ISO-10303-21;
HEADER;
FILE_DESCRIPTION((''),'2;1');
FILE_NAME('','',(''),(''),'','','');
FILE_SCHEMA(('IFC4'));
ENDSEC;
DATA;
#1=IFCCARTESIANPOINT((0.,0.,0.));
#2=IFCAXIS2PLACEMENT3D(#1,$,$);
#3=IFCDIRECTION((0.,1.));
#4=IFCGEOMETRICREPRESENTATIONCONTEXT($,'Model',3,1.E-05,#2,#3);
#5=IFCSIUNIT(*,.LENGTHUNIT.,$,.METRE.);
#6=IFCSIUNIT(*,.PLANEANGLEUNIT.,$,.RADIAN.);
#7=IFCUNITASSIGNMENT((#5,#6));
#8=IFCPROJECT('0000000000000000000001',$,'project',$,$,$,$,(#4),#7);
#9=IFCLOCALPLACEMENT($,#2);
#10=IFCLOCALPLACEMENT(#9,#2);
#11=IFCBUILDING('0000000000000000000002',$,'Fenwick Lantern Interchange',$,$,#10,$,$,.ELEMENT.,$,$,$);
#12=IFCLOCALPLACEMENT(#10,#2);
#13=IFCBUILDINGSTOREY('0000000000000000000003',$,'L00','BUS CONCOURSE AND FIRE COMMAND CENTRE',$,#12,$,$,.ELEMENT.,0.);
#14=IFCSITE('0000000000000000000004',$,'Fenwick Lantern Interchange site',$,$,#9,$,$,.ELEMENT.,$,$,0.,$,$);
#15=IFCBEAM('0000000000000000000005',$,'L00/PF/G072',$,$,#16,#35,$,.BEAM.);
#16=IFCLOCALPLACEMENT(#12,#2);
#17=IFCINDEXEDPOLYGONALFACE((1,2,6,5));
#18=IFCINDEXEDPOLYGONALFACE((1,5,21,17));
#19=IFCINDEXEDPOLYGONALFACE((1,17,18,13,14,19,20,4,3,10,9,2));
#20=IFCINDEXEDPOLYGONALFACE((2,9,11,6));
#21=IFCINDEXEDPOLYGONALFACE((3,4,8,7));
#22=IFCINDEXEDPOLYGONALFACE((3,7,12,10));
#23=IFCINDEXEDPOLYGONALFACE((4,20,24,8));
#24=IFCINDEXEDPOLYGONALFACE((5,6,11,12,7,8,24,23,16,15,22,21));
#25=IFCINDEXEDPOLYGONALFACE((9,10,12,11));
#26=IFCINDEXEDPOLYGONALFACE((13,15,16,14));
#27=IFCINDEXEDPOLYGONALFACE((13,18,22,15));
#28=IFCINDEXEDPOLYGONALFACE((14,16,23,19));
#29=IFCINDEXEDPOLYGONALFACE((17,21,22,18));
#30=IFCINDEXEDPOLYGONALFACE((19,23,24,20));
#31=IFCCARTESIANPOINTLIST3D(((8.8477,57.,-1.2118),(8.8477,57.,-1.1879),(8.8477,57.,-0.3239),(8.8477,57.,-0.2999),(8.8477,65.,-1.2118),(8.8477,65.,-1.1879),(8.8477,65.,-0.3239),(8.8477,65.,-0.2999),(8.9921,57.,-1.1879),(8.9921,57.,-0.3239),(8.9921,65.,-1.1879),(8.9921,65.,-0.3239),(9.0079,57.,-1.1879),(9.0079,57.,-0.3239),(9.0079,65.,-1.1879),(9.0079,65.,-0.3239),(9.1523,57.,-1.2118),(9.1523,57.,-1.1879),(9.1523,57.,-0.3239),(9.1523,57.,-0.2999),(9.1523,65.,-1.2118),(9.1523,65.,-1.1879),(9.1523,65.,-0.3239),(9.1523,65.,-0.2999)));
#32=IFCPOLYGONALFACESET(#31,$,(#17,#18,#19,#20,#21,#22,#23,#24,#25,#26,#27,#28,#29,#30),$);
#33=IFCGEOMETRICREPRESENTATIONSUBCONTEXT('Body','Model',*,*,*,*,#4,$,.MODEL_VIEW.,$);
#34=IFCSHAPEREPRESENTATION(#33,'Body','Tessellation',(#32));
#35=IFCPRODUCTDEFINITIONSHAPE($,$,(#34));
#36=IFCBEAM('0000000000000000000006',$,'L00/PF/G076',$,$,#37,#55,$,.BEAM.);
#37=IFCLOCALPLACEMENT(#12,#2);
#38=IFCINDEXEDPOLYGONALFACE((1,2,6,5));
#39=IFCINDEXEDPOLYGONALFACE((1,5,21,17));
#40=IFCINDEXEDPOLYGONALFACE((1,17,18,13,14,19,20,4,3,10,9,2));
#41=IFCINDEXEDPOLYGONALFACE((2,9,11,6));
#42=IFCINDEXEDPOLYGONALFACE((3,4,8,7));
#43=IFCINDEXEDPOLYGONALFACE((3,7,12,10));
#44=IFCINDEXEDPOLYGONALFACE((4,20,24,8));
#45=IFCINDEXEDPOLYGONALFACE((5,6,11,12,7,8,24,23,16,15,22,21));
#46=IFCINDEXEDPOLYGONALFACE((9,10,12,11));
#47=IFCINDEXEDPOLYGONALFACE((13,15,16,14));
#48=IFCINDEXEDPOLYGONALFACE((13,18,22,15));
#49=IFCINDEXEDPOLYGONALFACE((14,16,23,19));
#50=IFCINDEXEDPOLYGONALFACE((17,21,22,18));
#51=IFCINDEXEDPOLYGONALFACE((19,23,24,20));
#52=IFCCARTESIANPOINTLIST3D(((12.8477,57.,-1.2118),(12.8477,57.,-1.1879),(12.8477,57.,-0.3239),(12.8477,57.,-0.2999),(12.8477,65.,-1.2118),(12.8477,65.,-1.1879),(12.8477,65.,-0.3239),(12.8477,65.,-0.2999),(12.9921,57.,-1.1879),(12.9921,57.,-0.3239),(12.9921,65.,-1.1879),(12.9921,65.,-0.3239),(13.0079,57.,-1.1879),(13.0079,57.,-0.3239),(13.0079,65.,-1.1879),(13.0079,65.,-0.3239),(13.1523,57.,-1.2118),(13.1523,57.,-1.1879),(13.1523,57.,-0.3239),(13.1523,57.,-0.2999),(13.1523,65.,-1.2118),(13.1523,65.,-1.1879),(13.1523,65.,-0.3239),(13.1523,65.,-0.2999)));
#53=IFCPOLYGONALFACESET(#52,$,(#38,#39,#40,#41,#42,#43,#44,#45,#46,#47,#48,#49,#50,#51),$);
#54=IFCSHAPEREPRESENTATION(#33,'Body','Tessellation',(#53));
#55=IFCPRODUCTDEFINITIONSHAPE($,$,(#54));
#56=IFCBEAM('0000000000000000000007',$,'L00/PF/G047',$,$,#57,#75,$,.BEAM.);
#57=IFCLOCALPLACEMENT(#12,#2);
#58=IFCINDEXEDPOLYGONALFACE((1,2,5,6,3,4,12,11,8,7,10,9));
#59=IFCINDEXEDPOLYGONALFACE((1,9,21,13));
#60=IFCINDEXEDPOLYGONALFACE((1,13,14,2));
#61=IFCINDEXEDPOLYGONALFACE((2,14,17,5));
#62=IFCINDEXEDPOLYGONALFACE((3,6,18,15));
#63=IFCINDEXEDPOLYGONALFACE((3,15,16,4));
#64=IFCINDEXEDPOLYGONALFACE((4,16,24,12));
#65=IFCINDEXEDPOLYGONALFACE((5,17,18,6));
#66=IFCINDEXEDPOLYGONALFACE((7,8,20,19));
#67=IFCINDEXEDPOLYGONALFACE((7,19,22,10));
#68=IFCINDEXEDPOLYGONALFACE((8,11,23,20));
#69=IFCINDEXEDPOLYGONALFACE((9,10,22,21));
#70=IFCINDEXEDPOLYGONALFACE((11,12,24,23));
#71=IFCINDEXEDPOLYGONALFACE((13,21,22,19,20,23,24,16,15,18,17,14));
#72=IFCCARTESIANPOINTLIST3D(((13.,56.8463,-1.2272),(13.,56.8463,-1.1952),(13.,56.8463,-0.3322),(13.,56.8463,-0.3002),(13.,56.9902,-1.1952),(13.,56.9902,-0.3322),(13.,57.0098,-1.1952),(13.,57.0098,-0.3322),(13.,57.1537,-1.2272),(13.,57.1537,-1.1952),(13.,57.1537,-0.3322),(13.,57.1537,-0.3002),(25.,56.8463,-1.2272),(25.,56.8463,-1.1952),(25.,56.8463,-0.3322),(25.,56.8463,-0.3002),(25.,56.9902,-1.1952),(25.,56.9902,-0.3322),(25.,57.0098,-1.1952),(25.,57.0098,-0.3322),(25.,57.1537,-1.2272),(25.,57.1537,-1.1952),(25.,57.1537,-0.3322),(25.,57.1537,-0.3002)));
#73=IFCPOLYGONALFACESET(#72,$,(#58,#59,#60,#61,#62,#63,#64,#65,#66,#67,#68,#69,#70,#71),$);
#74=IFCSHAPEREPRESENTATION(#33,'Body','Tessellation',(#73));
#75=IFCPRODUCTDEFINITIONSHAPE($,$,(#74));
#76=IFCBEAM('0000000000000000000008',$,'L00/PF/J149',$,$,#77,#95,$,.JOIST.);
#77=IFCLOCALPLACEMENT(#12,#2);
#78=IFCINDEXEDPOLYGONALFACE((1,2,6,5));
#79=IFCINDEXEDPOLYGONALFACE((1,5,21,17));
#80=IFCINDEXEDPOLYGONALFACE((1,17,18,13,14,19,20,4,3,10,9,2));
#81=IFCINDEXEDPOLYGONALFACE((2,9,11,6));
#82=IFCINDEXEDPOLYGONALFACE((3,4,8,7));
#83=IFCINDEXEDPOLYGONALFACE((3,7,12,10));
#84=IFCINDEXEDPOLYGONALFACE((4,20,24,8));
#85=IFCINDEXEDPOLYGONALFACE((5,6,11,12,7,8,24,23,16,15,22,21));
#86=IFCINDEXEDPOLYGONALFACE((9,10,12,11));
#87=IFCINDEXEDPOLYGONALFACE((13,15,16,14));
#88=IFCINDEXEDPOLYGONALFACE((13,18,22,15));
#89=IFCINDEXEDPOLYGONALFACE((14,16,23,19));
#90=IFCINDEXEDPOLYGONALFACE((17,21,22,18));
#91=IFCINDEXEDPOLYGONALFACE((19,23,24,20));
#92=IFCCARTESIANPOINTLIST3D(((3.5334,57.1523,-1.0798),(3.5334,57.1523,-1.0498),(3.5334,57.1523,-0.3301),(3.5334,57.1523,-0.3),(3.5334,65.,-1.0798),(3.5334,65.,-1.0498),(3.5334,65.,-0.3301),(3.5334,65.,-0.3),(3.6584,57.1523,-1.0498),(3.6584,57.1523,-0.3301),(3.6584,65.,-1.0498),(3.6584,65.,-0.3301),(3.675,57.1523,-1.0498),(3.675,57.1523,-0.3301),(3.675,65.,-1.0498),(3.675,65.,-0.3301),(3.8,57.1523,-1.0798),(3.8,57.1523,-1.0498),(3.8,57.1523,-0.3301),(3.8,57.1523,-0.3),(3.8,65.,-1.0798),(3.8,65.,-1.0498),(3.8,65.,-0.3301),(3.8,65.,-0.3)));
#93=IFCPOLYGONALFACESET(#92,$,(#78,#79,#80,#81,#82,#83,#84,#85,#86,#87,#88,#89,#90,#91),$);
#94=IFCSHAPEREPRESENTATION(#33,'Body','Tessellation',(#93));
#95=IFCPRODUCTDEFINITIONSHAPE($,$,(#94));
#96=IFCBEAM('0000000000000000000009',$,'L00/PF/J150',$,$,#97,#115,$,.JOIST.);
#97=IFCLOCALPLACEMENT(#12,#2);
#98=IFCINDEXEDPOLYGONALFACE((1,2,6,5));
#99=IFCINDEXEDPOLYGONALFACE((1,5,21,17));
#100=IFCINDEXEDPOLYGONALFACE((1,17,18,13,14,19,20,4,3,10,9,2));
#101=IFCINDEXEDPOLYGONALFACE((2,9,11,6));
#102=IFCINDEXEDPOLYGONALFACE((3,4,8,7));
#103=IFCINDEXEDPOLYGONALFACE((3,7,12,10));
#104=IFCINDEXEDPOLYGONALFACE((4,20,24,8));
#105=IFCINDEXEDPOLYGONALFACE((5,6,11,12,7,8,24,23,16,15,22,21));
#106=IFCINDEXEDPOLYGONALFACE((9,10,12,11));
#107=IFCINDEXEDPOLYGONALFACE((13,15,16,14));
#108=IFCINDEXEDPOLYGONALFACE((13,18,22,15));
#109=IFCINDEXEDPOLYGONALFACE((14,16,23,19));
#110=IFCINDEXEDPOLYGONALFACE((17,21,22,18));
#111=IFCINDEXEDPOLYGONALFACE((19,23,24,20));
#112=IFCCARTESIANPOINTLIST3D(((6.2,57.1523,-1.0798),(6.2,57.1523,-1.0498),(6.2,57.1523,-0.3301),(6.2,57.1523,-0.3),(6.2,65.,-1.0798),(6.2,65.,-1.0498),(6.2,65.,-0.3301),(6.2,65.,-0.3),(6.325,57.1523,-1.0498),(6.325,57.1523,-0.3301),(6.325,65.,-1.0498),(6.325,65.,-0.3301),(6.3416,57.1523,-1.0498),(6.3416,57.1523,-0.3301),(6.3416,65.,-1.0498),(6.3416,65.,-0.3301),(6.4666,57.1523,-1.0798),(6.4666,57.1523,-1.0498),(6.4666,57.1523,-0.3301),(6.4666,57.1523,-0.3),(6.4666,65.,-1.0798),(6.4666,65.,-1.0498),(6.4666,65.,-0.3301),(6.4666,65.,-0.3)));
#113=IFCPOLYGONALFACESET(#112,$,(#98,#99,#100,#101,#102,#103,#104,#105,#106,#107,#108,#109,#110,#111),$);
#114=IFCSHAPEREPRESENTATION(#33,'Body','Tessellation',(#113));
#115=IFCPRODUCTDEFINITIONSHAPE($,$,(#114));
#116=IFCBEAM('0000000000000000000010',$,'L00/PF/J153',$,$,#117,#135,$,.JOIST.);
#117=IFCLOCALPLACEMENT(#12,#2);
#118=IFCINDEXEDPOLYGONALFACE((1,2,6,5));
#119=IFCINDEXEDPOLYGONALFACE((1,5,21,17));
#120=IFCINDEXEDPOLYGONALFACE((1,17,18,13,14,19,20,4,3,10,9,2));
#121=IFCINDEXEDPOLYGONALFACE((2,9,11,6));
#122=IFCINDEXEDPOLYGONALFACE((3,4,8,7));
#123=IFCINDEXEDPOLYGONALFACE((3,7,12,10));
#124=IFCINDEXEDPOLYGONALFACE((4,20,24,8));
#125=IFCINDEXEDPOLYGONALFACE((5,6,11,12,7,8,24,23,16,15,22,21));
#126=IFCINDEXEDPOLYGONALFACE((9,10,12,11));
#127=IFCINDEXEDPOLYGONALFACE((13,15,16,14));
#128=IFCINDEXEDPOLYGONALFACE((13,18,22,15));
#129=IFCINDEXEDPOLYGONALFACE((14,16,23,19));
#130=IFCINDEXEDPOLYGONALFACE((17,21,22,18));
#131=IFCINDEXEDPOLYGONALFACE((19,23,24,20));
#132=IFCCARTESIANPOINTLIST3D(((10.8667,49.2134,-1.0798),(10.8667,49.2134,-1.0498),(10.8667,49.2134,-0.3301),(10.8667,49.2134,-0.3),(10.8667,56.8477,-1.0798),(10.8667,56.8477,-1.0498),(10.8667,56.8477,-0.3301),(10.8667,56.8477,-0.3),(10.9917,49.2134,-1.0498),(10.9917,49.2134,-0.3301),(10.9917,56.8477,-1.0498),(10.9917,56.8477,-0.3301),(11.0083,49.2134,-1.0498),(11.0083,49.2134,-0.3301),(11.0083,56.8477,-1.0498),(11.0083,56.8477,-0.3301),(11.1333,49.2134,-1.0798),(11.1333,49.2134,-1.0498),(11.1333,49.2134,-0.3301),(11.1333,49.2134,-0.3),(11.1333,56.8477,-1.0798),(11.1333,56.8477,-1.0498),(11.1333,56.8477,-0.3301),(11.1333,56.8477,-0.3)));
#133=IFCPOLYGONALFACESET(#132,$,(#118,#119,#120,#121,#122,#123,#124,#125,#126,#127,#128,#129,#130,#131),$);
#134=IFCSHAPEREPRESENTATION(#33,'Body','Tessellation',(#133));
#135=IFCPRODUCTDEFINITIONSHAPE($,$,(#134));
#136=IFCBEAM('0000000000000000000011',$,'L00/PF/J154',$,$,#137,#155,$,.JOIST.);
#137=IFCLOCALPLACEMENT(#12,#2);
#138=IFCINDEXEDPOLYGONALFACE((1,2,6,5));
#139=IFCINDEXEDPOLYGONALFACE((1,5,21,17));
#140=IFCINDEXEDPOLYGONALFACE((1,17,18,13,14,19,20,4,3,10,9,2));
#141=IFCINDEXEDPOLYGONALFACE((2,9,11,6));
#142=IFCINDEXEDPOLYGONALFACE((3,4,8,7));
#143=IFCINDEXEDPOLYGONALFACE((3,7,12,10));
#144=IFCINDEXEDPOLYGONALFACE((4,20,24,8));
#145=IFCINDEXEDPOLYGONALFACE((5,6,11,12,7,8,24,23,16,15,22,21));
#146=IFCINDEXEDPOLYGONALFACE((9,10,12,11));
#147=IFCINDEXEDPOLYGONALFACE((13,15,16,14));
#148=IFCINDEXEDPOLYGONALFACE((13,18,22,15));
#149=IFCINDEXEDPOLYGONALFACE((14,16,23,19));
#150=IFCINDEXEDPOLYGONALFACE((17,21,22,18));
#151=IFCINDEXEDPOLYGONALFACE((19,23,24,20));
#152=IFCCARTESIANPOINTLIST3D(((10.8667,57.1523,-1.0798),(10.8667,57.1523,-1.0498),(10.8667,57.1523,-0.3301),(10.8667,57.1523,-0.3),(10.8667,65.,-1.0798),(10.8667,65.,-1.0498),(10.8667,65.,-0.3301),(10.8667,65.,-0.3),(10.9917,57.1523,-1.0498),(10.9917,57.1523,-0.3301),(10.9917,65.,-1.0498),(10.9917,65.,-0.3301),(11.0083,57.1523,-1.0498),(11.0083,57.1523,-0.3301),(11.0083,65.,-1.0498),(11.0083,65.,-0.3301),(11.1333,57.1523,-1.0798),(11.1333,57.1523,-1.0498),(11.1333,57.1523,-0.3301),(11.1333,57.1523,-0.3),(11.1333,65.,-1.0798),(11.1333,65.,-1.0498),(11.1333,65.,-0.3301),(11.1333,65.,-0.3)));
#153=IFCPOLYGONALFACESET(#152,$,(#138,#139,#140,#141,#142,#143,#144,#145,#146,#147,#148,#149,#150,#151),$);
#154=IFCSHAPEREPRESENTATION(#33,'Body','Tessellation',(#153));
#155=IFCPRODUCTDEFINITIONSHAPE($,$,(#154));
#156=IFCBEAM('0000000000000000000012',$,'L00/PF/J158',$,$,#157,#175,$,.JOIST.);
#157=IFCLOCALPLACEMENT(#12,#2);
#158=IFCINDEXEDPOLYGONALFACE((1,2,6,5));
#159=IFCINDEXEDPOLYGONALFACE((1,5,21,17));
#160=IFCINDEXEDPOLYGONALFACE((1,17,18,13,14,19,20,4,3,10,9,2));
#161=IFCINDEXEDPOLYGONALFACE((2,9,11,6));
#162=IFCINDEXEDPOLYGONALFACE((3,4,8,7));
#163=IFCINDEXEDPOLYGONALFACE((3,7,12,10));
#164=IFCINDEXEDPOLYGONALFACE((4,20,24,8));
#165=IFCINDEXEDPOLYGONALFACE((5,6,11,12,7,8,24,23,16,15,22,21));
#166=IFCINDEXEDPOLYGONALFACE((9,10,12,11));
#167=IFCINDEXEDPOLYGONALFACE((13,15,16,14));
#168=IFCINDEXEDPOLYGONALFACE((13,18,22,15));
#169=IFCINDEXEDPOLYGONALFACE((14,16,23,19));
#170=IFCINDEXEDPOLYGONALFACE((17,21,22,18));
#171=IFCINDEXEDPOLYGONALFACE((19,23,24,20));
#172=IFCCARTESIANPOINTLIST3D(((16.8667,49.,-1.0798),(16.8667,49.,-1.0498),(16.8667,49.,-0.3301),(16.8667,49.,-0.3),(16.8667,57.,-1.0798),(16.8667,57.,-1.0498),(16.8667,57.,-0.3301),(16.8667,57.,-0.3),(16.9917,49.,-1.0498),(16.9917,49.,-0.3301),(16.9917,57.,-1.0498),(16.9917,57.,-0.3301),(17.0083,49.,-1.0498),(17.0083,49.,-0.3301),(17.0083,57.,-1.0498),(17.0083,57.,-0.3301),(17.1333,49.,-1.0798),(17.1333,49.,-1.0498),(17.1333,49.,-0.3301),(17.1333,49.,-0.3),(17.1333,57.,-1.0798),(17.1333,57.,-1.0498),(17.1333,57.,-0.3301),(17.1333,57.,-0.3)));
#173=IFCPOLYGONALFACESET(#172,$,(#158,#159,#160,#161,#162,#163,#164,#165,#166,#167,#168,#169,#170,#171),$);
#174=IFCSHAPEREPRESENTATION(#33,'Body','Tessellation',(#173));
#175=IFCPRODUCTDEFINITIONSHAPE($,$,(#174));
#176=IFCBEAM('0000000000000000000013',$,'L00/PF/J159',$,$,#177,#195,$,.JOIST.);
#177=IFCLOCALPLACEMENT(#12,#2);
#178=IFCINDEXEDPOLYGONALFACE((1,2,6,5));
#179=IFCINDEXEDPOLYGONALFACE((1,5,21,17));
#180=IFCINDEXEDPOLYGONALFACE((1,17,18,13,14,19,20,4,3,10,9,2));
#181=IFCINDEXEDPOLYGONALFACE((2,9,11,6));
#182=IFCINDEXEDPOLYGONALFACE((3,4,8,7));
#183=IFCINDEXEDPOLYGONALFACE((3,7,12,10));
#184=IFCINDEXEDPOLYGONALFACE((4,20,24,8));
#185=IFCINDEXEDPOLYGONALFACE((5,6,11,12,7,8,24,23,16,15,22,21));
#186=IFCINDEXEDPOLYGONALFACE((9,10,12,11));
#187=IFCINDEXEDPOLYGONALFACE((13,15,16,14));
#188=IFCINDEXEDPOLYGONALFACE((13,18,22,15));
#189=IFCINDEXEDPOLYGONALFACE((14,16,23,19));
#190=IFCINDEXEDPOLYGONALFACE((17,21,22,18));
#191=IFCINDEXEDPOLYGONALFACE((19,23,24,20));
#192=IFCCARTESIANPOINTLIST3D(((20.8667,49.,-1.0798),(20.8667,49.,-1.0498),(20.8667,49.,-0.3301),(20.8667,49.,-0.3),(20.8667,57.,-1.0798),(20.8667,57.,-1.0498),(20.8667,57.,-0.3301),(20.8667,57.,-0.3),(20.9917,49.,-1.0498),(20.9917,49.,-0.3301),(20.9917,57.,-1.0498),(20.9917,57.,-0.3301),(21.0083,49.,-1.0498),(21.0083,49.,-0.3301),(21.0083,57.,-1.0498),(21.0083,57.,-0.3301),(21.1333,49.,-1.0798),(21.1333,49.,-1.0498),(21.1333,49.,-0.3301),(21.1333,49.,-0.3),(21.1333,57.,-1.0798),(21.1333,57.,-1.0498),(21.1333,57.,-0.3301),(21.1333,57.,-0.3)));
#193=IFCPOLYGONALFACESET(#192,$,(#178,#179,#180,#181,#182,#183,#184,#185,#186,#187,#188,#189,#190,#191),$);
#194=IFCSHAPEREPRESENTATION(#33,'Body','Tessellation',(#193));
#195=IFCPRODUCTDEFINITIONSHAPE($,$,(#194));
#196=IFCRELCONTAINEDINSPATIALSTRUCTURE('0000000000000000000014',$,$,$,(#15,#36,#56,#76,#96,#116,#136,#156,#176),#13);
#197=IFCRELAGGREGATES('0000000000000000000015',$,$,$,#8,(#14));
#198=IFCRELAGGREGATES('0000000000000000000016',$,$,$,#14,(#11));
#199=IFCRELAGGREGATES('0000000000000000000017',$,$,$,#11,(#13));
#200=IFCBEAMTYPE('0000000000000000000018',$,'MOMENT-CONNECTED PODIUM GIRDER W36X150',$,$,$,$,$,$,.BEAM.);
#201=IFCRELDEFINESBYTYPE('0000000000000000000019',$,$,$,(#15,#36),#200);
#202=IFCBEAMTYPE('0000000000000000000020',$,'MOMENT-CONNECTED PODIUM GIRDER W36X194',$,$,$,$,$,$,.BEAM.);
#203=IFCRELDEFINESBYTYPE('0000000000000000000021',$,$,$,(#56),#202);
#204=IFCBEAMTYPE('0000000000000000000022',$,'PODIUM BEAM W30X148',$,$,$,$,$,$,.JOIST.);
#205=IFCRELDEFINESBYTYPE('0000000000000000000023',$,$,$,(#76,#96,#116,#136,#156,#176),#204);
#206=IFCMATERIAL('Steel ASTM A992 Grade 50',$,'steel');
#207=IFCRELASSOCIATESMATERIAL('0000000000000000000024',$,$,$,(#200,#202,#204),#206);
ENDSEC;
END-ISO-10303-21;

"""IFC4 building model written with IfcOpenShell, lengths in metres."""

from ifc_helpers import new_model, si_unit, direction, frame, origin, origin_2d, place, context, subcontext, project, spatial, i_section, extrude, material, material_profile, profile_set, type_object, element, save


model = new_model("IFC4")

# Units and contexts
model_context = context("Model", 3, precision=1e-05, world=origin(), true_north=direction((0.0, 1.0)))
body_context = subcontext(model_context, "Body", "Model", "MODEL_VIEW")
ifc_project = project(units=[si_unit("LENGTHUNIT", "METRE"), si_unit("PLANEANGLEUNIT", "RADIAN")], contexts=[model_context])

# Site, building, storey
site_placement = place(None, origin())
site = spatial("IfcSite", under=ifc_project, at=site_placement, Name="Fenwick Lantern Interchange site", CompositionType="ELEMENT", RefElevation=0.0)
building_placement = place(site_placement, origin())
building = spatial("IfcBuilding", under=site, at=building_placement, Name="Fenwick Lantern Interchange", CompositionType="ELEMENT")
storey_placement = place(building_placement, origin())
storey = spatial("IfcBuildingStorey", under=building, at=storey_placement, Name="L00", Description="BUS CONCOURSE AND FIRE COMMAND CENTRE", CompositionType="ELEMENT", Elevation=0.0)

# Shared definitions
ifc_material_1 = material(Name="Steel ASTM A992 Grade 50", Category="steel")

# Beams
ifc_material_profile_1 = material_profile(ifc_material_1, i_section(OverallWidth=0.3047, OverallDepth=0.9119, WebThickness=0.0159, FlangeThickness=0.0239, at=origin_2d()), Name="W36X150")
ifc_profile_set_1 = profile_set([ifc_material_profile_1], Name="Steel ASTM A992 Grade 50")
beam_type_1 = type_object("IfcBeamType", Name="MOMENT-CONNECTED PODIUM GIRDER W36X150", PredefinedType="BEAM", material=ifc_profile_set_1)
for number, where, z_axis, x_axis, name in (
    (1, (9.0, 57.0, -0.7559), (0.0, 1.0, 0.0), (-1.0, 0.0, 0.0), "L00/PF/G072"),
    (2, (13.0, 57.0, -0.7559), (0.0, 1.0, 0.0), (-1.0, 0.0, 0.0), "L00/PF/G076"),
):
    element("IfcBeam", number, at=place(storey_placement, frame(where, z_axis=z_axis, x_axis=x_axis)), inside=storey, type_object=beam_type_1, Name=name, PredefinedType="BEAM", context=body_context, shape_type="SweptSolid", body=[
        extrude(i_section(OverallWidth=0.3047, OverallDepth=0.9119, WebThickness=0.0159, FlangeThickness=0.0239, at=origin_2d()), origin(), (0.0, 0.0, 1.0), 8.0),
    ])
ifc_material_profile_2 = material_profile(ifc_material_1, i_section(OverallWidth=0.3074, OverallDepth=0.927, WebThickness=0.0195, FlangeThickness=0.032, at=origin_2d()), Name="W36X194")
ifc_profile_set_2 = profile_set([ifc_material_profile_2], Name="Steel ASTM A992 Grade 50")
beam_type_2 = type_object("IfcBeamType", Name="MOMENT-CONNECTED PODIUM GIRDER W36X194", PredefinedType="BEAM", material=ifc_profile_set_2)
beam_1_placement = place(storey_placement, frame((13.0, 57.0, -0.7637), z_axis=(1.0, 0.0, 0.0), x_axis=(0.0, 1.0, 0.0)))
element("IfcBeam", 3, at=beam_1_placement, inside=storey, type_object=beam_type_2, Name="L00/PF/G047", PredefinedType="BEAM", context=body_context, shape_type="SweptSolid", body=[
    extrude(i_section(OverallWidth=0.3074, OverallDepth=0.927, WebThickness=0.0195, FlangeThickness=0.032, at=origin_2d()), origin(), (0.0, 0.0, 1.0), 12.0),
])
ifc_material_profile_3 = material_profile(ifc_material_1, i_section(OverallWidth=0.2666, OverallDepth=0.7798, WebThickness=0.0166, FlangeThickness=0.03, at=origin_2d()), Name="W30X148")
ifc_profile_set_3 = profile_set([ifc_material_profile_3], Name="Steel ASTM A992 Grade 50")
beam_type_3 = type_object("IfcBeamType", Name="PODIUM BEAM W30X148", PredefinedType="JOIST", material=ifc_profile_set_3)
for number, where, z_axis, x_axis, name in (
    (4, (3.6667, 57.1523, -0.6899), (0.0, 1.0, 0.0), (-1.0, 0.0, 0.0), "L00/PF/J149"),
    (5, (6.3333, 57.1523, -0.6899), (0.0, 1.0, 0.0), (-1.0, 0.0, 0.0), "L00/PF/J150"),
):
    element("IfcBeam", number, at=place(storey_placement, frame(where, z_axis=z_axis, x_axis=x_axis)), inside=storey, type_object=beam_type_3, Name=name, PredefinedType="JOIST", context=body_context, shape_type="SweptSolid", body=[
        extrude(i_section(OverallWidth=0.2666, OverallDepth=0.7798, WebThickness=0.0166, FlangeThickness=0.03, at=origin_2d()), origin(), (0.0, 0.0, 1.0), 7.8477),
    ])
beam_2_placement = place(storey_placement, frame((11.0, 49.2134, -0.6899), z_axis=(0.0, 1.0, 0.0), x_axis=(-1.0, 0.0, 0.0)))
element("IfcBeam", 6, at=beam_2_placement, inside=storey, type_object=beam_type_3, Name="L00/PF/J153", PredefinedType="JOIST", context=body_context, shape_type="SweptSolid", body=[
    extrude(i_section(OverallWidth=0.2666, OverallDepth=0.7798, WebThickness=0.0166, FlangeThickness=0.03, at=origin_2d()), origin(), (0.0, 0.0, 1.0), 7.6343),
])
beam_3_placement = place(storey_placement, frame((11.0, 57.1523, -0.6899), z_axis=(0.0, 1.0, 0.0), x_axis=(-1.0, 0.0, 0.0)))
element("IfcBeam", 7, at=beam_3_placement, inside=storey, type_object=beam_type_3, Name="L00/PF/J154", PredefinedType="JOIST", context=body_context, shape_type="SweptSolid", body=[
    extrude(i_section(OverallWidth=0.2666, OverallDepth=0.7798, WebThickness=0.0166, FlangeThickness=0.03, at=origin_2d()), origin(), (0.0, 0.0, 1.0), 7.8477),
])
for number, where, z_axis, x_axis, name in (
    (8, (17.0, 49.0, -0.6899), (0.0, 1.0, 0.0), (-1.0, 0.0, 0.0), "L00/PF/J158"),
    (9, (21.0, 49.0, -0.6899), (0.0, 1.0, 0.0), (-1.0, 0.0, 0.0), "L00/PF/J159"),
):
    element("IfcBeam", number, at=place(storey_placement, frame(where, z_axis=z_axis, x_axis=x_axis)), inside=storey, type_object=beam_type_3, Name=name, PredefinedType="JOIST", context=body_context, shape_type="SweptSolid", body=[
        extrude(i_section(OverallWidth=0.2666, OverallDepth=0.7798, WebThickness=0.0166, FlangeThickness=0.03, at=origin_2d()), origin(), (0.0, 0.0, 1.0), 8.0),
    ])

save(model, "model.ifc")
